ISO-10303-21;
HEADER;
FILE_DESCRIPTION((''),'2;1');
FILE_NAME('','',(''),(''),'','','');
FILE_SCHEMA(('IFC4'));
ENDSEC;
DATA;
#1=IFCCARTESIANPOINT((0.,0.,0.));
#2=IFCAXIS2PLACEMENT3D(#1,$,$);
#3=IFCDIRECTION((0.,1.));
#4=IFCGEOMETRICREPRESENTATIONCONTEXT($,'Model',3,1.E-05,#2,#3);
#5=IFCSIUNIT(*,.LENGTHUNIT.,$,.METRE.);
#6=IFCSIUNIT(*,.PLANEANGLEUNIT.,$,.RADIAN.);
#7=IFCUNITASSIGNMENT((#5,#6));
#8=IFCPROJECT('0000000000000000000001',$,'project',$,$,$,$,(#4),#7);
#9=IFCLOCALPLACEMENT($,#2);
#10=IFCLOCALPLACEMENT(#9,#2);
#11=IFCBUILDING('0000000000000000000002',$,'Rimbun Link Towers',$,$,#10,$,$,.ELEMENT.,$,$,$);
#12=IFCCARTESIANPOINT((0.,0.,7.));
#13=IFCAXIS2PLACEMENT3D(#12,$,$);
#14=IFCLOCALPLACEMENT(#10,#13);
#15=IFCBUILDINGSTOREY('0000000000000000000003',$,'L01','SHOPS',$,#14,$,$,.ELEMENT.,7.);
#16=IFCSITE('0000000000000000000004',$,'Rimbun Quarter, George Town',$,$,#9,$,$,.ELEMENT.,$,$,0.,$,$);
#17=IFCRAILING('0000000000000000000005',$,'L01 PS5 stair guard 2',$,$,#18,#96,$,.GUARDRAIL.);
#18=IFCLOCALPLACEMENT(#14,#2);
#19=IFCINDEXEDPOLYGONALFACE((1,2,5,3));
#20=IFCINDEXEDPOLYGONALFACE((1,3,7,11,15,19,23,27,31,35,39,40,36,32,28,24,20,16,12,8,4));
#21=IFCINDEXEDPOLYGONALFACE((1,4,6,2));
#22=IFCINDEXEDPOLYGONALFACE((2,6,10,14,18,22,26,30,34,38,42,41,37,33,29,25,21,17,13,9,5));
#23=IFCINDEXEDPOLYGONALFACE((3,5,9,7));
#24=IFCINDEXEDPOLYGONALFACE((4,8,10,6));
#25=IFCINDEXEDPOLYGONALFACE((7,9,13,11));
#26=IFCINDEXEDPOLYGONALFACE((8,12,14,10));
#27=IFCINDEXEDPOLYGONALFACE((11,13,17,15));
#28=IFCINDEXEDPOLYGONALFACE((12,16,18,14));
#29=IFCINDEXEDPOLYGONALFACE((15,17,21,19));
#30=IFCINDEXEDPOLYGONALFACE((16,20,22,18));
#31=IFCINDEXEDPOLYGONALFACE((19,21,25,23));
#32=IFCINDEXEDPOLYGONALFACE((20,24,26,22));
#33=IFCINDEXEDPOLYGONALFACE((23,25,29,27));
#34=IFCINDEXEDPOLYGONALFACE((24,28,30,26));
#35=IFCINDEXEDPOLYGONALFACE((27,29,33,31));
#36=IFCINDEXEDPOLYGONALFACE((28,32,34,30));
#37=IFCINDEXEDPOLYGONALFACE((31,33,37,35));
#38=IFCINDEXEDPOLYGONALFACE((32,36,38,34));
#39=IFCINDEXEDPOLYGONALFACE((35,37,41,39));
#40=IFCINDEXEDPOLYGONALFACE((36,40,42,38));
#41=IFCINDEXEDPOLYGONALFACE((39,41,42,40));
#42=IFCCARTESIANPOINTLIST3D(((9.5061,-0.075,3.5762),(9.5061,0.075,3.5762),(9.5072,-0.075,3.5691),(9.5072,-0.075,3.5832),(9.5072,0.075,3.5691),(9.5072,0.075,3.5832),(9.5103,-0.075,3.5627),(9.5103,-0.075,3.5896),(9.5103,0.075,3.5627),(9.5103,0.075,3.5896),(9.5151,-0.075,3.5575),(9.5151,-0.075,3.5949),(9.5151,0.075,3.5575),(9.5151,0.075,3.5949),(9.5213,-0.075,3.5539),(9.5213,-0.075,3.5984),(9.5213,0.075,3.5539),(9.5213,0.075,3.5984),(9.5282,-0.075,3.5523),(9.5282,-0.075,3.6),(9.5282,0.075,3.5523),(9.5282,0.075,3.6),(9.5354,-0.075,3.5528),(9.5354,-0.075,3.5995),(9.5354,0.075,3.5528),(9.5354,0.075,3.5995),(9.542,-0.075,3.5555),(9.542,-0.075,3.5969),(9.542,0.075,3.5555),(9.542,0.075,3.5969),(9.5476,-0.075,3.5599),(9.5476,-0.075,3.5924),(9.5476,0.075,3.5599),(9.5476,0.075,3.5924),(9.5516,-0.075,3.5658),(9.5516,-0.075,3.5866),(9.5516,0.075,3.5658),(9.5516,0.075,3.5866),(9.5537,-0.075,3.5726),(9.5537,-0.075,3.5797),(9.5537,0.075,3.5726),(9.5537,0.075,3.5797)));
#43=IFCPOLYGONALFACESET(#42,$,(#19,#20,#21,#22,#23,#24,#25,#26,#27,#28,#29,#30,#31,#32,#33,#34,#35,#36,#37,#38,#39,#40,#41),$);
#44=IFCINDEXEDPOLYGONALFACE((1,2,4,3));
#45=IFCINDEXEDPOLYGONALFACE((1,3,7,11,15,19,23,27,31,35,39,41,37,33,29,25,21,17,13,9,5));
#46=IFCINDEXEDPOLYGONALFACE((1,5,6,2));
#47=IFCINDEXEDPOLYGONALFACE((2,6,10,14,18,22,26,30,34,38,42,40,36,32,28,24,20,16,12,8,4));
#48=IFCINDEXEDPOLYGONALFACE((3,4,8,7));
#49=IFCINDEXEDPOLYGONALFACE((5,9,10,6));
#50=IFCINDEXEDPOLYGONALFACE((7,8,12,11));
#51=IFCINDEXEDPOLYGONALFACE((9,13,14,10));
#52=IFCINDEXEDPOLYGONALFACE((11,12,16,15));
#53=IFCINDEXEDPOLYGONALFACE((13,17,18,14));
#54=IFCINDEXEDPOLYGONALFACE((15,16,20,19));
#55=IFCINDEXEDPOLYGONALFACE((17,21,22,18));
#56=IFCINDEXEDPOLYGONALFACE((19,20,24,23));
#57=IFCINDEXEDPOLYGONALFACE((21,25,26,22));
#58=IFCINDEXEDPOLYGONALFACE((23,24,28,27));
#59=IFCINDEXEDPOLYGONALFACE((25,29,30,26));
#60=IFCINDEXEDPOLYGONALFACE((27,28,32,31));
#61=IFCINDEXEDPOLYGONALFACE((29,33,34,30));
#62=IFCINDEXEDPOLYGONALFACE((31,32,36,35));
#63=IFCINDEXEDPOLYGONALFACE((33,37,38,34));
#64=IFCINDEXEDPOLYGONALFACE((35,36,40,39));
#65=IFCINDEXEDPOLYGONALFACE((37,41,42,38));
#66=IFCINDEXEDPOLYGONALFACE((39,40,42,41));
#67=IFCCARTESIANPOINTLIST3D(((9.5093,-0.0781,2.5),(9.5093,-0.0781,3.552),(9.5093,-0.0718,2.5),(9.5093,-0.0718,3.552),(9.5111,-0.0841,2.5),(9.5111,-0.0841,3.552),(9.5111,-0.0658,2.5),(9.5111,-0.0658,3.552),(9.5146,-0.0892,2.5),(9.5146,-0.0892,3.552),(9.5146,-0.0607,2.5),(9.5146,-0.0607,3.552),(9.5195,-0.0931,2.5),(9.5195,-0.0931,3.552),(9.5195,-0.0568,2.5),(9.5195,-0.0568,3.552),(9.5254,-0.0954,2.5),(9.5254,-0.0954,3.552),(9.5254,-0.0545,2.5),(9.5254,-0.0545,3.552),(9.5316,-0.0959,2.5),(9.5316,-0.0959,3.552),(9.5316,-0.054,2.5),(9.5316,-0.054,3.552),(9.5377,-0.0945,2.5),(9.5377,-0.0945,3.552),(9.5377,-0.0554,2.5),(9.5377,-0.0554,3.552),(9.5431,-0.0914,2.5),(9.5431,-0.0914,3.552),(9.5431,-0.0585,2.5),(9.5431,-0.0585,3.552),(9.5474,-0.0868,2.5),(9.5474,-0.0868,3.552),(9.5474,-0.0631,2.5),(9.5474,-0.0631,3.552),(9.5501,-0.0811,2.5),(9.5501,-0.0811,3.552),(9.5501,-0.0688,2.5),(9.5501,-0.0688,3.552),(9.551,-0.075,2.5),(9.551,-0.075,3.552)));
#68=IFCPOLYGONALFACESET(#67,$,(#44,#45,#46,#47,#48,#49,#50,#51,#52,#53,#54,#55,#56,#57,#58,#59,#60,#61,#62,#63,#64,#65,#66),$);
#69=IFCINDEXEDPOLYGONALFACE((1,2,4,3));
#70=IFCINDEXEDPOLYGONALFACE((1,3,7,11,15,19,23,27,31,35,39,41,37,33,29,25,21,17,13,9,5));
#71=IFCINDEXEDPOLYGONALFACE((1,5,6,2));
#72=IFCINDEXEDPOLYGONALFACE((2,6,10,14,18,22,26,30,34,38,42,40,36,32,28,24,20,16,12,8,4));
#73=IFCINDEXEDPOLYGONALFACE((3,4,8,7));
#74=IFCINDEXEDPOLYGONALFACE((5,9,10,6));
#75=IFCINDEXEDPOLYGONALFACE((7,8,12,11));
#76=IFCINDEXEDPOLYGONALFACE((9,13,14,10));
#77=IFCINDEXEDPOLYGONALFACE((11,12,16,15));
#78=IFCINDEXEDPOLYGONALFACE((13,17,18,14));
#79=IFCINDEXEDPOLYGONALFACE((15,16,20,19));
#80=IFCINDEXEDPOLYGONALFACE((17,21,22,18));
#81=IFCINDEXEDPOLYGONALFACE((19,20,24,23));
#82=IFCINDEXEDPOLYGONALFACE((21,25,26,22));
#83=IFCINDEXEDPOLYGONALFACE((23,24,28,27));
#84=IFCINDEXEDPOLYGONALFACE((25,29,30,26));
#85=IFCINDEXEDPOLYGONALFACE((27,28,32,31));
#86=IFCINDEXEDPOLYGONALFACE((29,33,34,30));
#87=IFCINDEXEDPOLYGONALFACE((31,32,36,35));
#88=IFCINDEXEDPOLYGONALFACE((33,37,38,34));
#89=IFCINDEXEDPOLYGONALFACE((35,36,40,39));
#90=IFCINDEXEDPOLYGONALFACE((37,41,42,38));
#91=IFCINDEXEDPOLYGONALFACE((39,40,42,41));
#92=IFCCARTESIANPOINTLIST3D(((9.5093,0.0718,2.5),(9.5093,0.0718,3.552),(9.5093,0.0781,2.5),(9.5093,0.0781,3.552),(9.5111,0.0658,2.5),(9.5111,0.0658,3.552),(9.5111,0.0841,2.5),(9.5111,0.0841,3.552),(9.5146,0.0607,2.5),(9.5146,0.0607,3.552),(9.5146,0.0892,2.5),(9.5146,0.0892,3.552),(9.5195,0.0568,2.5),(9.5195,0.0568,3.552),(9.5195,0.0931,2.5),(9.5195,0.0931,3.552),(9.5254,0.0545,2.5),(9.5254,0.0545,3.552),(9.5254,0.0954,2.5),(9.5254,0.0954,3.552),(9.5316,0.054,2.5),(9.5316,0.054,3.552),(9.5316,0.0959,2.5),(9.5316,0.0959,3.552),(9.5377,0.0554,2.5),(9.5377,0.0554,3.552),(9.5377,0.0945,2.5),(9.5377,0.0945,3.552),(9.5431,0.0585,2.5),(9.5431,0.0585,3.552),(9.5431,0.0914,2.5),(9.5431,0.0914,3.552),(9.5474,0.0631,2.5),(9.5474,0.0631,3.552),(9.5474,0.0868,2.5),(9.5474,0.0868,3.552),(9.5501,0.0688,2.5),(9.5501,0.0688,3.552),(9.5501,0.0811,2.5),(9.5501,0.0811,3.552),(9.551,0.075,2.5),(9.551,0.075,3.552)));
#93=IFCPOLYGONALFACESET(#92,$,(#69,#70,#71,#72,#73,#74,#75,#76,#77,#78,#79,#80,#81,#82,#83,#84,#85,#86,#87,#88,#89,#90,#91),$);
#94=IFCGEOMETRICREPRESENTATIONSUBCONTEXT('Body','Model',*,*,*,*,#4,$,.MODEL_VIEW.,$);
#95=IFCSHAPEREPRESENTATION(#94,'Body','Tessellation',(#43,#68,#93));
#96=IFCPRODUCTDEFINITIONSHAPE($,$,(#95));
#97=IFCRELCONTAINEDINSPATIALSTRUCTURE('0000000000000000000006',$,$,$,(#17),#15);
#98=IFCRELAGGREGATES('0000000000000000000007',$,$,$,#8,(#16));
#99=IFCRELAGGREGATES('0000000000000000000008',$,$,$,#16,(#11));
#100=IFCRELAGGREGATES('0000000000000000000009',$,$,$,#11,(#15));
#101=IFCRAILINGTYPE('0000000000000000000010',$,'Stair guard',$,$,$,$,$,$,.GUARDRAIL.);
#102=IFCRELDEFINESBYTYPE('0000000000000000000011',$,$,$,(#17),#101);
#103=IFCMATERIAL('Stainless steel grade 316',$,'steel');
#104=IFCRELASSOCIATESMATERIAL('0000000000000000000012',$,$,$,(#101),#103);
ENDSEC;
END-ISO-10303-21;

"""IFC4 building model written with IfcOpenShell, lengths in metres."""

from ifc_helpers import new_model, si_unit, direction, frame, origin, origin_2d, place, context, subcontext, project, spatial, circle, extrude, material, type_object, element, save


model = new_model("IFC4")

# Units and contexts
model_context = context("Model", 3, precision=1e-05, world=origin(), true_north=direction((0.0, 1.0)))
body_context = subcontext(model_context, "Body", "Model", "MODEL_VIEW")
ifc_project = project(units=[si_unit("LENGTHUNIT", "METRE"), si_unit("PLANEANGLEUNIT", "RADIAN")], contexts=[model_context])

# Site, building, storey
site_placement = place(None, origin())
site = spatial("IfcSite", under=ifc_project, at=site_placement, Name="Rimbun Quarter, George Town", CompositionType="ELEMENT", RefElevation=0.0)
building_placement = place(site_placement, origin())
building = spatial("IfcBuilding", under=site, at=building_placement, Name="Rimbun Link Towers", CompositionType="ELEMENT")
storey_placement = place(building_placement, frame((0.0, 0.0, 7.0)))
storey = spatial("IfcBuildingStorey", under=building, at=storey_placement, Name="L01", Description="SHOPS", CompositionType="ELEMENT", Elevation=7.0)

# Railing
ifc_material_1 = material(Name="Stainless steel grade 316", Category="steel")
railing_type_1 = type_object("IfcRailingType", Name="Stair guard", PredefinedType="GUARDRAIL", material=ifc_material_1)
railing_1_placement = place(storey_placement, frame((9.53, -0.075, 2.5)))
element("IfcRailing", 1, at=railing_1_placement, inside=storey, type_object=railing_type_1, Name="L01 PS5 stair guard 2", PredefinedType="GUARDRAIL", context=body_context, shape_type="SweptSolid", body=[
    extrude(circle(Radius=0.0239, at=origin_2d()), frame((0.0, 0.0, 1.0762), z_axis=(0.0, 1.0, 0.0), x_axis=(-1.0, 0.0, 0.0)), (0.0, 0.0, 1.0), 0.1499),
    extrude(circle(Radius=0.021, at=origin_2d()), origin(), (0.0, 0.0, 1.0), 1.052),
    extrude(circle(Radius=0.021, at=origin_2d()), frame((0.0, 0.1499, 0.0)), (0.0, 0.0, 1.0), 1.052),
])

save(model, "model.ifc")
